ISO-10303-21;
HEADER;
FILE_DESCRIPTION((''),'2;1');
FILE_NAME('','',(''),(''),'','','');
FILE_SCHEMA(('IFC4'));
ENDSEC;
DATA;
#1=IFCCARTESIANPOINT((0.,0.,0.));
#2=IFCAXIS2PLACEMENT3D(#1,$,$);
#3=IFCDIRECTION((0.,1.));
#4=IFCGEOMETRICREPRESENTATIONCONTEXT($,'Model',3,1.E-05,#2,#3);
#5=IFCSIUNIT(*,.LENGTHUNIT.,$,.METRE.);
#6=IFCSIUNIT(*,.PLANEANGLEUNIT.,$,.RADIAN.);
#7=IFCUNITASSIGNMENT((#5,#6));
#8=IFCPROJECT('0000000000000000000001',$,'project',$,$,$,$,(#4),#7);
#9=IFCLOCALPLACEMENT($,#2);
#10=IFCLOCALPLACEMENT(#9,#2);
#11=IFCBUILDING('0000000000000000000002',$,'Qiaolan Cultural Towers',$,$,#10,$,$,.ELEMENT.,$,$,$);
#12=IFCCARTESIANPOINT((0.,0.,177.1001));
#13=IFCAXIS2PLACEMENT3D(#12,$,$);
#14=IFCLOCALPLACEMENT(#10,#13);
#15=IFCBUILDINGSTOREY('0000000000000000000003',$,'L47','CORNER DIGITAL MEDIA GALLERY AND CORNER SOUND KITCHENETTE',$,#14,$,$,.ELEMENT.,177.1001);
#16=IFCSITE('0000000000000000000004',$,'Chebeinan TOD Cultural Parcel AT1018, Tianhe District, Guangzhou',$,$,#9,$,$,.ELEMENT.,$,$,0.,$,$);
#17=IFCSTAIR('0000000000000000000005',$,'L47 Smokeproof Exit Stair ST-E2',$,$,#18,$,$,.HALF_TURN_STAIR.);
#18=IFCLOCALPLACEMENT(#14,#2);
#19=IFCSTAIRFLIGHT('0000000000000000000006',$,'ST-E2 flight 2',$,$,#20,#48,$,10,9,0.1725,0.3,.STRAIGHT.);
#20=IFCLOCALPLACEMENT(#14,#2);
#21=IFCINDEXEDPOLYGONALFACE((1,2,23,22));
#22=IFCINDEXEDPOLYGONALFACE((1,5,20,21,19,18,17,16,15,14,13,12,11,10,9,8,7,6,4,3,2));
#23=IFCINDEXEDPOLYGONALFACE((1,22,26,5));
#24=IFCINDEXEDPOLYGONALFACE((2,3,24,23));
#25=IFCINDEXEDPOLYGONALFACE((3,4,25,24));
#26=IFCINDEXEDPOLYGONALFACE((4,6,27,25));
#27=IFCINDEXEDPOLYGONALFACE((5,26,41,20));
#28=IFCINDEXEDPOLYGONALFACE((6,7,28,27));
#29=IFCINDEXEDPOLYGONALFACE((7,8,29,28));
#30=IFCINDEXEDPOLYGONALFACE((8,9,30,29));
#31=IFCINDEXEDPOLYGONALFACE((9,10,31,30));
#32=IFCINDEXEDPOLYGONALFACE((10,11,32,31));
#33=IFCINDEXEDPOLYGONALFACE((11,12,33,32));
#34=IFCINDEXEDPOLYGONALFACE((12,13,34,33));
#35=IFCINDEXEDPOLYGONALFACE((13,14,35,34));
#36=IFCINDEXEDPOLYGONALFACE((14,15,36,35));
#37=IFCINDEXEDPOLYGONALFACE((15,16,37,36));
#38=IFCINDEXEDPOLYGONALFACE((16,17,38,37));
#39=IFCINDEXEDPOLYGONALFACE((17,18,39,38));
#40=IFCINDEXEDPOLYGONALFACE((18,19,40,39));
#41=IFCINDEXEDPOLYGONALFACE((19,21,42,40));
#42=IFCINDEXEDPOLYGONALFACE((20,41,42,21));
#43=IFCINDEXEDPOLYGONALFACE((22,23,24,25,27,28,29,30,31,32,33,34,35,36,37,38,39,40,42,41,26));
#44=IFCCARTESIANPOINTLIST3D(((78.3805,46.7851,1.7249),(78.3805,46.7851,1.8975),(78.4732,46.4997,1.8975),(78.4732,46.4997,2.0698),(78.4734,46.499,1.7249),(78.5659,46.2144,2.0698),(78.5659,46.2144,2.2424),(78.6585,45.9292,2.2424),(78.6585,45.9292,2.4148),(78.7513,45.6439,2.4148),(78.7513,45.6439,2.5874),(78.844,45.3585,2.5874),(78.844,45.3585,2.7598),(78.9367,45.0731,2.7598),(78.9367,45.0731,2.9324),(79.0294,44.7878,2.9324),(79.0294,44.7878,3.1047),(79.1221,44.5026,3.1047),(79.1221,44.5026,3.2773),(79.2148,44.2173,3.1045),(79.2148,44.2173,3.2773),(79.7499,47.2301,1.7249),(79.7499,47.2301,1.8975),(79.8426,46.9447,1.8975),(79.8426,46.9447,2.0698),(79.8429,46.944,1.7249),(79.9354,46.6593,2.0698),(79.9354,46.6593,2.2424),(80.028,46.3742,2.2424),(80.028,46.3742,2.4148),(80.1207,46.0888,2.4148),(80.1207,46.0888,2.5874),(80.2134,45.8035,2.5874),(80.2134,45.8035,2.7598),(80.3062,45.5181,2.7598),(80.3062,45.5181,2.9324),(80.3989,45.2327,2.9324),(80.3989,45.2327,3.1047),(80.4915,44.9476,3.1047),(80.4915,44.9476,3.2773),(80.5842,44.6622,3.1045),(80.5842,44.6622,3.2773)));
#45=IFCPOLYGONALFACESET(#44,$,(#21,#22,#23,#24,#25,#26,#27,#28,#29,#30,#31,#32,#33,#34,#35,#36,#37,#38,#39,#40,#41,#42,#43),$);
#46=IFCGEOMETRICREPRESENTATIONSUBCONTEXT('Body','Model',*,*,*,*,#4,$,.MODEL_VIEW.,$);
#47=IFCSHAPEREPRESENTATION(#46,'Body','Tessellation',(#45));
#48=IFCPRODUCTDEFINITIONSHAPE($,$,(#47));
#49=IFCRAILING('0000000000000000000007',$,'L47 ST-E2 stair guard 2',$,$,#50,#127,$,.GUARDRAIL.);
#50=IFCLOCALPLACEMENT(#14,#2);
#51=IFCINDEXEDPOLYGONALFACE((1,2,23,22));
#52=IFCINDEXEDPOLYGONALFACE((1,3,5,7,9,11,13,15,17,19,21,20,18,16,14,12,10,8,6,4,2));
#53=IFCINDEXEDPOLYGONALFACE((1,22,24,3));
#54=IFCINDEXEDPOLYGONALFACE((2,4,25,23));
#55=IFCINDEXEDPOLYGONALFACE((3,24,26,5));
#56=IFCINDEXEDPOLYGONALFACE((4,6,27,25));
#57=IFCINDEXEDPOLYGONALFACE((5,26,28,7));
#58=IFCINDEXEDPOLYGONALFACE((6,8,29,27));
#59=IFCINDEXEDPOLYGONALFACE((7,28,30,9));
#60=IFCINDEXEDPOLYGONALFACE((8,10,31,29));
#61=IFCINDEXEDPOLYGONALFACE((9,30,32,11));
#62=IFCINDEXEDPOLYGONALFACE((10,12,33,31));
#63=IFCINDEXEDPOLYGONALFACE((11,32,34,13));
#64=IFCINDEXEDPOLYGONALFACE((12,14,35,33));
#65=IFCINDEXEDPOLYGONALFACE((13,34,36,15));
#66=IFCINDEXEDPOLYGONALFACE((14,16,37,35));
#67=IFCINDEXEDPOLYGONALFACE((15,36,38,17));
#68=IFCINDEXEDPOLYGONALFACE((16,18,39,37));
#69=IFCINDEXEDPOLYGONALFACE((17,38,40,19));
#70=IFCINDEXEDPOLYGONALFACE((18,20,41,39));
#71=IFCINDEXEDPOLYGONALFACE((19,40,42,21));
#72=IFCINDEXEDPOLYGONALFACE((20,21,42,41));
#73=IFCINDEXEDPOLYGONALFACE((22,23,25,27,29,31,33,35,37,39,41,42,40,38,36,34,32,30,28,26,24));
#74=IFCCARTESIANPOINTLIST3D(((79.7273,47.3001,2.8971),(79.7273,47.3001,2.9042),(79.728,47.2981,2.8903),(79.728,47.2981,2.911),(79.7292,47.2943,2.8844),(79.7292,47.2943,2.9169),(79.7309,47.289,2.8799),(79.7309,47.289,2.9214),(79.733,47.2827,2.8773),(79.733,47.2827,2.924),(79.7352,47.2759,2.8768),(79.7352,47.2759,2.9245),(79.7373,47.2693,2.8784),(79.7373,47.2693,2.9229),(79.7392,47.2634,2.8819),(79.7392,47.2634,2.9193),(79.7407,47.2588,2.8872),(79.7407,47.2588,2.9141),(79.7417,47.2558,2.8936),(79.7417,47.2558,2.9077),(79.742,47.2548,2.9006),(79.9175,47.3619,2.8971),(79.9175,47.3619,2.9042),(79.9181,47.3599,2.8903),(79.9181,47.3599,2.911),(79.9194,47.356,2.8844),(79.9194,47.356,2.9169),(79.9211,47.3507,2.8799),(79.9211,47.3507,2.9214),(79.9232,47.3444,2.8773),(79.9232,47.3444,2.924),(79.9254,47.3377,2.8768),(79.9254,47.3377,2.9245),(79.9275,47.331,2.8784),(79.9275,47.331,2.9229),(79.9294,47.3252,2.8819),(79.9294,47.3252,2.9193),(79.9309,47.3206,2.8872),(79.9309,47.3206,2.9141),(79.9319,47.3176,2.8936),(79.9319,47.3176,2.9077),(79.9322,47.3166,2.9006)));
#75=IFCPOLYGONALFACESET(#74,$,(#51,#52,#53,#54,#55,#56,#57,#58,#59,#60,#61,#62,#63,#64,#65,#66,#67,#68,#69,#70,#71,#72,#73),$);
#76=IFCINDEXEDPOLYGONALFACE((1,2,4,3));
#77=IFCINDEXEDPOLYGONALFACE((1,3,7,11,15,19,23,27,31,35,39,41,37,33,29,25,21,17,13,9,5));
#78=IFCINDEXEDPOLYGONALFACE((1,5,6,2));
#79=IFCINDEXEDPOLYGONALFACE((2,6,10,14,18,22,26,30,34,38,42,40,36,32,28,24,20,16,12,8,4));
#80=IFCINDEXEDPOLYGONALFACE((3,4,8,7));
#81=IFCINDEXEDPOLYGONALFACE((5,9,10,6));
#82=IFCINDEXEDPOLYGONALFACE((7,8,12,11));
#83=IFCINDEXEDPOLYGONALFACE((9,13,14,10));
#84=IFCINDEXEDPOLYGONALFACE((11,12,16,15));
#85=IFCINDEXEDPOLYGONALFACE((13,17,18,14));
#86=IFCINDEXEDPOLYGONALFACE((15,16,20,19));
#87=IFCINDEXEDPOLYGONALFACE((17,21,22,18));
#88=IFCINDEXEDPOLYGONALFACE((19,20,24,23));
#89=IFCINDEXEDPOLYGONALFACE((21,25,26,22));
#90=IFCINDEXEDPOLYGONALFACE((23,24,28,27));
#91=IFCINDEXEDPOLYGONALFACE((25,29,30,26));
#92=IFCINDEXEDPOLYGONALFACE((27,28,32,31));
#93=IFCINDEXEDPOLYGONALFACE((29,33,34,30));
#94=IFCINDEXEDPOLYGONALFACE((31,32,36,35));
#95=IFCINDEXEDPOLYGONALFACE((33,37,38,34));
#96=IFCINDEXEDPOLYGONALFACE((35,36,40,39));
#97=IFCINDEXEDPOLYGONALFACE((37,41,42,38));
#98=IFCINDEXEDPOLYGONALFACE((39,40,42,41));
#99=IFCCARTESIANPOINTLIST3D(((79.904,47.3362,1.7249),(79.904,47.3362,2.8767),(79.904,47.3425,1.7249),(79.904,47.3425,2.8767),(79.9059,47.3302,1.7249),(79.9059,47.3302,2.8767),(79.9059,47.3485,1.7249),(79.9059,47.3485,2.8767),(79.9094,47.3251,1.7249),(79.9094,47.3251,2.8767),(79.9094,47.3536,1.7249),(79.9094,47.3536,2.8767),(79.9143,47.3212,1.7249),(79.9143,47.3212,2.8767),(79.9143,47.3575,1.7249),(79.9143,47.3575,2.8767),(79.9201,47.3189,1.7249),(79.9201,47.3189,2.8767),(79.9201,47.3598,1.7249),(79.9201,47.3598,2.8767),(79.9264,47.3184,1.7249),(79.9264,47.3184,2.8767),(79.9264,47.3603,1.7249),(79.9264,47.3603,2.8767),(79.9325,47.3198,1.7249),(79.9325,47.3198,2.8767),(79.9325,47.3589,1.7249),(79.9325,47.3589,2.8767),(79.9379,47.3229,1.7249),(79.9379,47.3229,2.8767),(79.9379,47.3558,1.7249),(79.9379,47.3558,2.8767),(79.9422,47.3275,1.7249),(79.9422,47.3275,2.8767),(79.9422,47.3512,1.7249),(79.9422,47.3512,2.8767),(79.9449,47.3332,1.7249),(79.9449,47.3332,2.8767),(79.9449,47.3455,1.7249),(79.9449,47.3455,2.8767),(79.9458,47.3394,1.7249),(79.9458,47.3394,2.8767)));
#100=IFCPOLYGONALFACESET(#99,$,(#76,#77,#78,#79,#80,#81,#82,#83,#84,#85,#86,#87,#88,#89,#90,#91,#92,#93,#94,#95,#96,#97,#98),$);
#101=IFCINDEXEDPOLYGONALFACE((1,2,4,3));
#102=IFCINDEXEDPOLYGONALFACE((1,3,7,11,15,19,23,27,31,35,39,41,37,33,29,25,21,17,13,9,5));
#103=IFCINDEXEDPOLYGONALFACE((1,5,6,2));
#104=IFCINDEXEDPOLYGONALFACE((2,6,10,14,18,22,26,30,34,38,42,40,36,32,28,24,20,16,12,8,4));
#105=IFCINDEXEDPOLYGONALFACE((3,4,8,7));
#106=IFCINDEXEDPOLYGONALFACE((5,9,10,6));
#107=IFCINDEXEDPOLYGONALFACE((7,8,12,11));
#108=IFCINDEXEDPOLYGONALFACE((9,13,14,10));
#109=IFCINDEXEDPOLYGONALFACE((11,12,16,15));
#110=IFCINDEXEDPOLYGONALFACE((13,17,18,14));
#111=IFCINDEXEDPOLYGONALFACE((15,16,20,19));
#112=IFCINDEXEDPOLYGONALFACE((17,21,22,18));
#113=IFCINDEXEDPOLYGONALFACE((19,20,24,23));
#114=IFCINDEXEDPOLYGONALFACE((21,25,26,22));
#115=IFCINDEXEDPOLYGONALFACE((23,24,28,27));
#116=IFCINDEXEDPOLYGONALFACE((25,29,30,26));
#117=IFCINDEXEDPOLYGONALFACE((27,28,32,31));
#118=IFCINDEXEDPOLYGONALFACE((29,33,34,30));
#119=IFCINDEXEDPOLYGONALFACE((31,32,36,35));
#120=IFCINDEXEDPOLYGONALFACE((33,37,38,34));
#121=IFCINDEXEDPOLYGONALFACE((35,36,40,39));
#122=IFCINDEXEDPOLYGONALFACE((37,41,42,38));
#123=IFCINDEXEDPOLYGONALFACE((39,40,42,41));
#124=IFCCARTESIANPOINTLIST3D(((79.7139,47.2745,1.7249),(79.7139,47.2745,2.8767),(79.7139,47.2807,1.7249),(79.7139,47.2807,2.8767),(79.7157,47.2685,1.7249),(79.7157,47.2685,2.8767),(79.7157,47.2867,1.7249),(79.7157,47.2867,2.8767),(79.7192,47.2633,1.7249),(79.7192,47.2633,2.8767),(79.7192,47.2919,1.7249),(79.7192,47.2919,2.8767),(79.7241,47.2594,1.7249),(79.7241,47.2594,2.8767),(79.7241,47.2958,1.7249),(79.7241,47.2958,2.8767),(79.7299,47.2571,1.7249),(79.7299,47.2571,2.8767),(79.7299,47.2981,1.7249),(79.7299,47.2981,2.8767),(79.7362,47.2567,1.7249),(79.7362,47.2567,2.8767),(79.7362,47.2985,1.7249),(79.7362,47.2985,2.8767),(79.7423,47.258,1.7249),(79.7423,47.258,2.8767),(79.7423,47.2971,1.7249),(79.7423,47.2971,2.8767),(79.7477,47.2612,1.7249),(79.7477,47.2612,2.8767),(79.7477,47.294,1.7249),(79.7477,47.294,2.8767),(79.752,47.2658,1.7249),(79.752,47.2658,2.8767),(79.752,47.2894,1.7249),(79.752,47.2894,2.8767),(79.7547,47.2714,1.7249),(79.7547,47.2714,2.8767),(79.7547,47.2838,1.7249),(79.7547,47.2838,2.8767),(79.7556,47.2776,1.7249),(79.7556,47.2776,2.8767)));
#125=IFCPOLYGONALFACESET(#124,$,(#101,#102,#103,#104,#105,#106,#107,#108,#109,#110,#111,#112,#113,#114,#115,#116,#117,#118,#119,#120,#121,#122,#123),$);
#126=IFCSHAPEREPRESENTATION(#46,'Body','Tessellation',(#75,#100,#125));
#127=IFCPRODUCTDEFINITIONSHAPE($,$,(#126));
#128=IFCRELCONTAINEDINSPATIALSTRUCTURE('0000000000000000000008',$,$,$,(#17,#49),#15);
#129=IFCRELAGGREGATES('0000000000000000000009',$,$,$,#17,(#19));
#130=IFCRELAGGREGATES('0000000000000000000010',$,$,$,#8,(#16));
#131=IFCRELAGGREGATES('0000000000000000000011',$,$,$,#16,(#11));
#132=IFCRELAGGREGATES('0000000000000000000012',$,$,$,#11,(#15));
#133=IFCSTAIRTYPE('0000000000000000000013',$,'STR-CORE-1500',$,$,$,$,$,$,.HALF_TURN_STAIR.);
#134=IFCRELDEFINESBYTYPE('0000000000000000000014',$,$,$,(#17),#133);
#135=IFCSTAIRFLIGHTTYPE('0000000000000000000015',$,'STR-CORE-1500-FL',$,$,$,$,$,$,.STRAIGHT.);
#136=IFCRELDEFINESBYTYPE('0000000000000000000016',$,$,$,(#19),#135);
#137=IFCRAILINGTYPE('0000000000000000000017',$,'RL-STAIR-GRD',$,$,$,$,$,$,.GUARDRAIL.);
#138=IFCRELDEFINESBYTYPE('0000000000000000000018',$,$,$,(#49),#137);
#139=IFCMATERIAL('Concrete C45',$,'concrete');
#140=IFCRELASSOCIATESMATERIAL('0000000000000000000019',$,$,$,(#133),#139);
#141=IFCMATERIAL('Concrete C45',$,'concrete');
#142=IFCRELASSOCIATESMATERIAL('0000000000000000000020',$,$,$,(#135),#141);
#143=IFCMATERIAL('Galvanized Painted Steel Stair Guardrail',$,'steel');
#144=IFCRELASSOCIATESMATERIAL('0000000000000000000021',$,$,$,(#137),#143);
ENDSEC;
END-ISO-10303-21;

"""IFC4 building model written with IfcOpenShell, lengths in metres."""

from ifc_helpers import new_model, si_unit, direction, frame, origin, origin_2d, place, context, subcontext, project, spatial, polyline, circle, outline, extrude, material, type_object, element, aggregate, save


model = new_model("IFC4")

# Units and contexts
model_context = context("Model", 3, precision=1e-05, world=origin(), true_north=direction((0.0, 1.0)))
body_context = subcontext(model_context, "Body", "Model", "MODEL_VIEW")
ifc_project = project(units=[si_unit("LENGTHUNIT", "METRE"), si_unit("PLANEANGLEUNIT", "RADIAN")], contexts=[model_context])

# Site, building, storey
site_placement = place(None, origin())
site = spatial("IfcSite", under=ifc_project, at=site_placement, Name="Chebeinan TOD Cultural Parcel AT1018, Tianhe District, Guangzhou", CompositionType="ELEMENT", RefElevation=0.0)
building_placement = place(site_placement, origin())
building = spatial("IfcBuilding", under=site, at=building_placement, Name="Qiaolan Cultural Towers", CompositionType="ELEMENT")
storey_placement = place(building_placement, frame((0.0, 0.0, 177.1001)))
storey = spatial("IfcBuildingStorey", under=building, at=storey_placement, Name="L47", Description="CORNER DIGITAL MEDIA GALLERY AND CORNER SOUND KITCHENETTE", CompositionType="ELEMENT", Elevation=177.1001)

# Stair, stair flight
ifc_material_1 = material(Name="Concrete C45", Category="concrete")
stair_type = type_object("IfcStairType", Name="STR-CORE-1500", PredefinedType="HALF_TURN_STAIR", material=ifc_material_1)
stair_placement = place(storey_placement, origin())
stair = element("IfcStair", 1, at=stair_placement, inside=storey, type_object=stair_type, Name="L47 Smokeproof Exit Stair ST-E2", PredefinedType="HALF_TURN_STAIR")
ifc_material_2 = material(Name="Concrete C45", Category="concrete")
stair_flight_type = type_object("IfcStairFlightType", Name="STR-CORE-1500-FL", PredefinedType="STRAIGHT", material=ifc_material_2)
stair_flight_placement = place(storey_placement, frame((79.0652, 47.0076, 1.7249), z_axis=(0.0, 0.0, 1.0), x_axis=(0.309017, -0.951057, 0.0)))
stair_flight = element("IfcStairFlight", 2, at=stair_flight_placement, type_object=stair_flight_type, Name="ST-E2 flight 2", NumberOfRisers=10, NumberOfTreads=9, PredefinedType="STRAIGHT", RiserHeight=0.1725, TreadLength=0.3, context=body_context, shape_type="SweptSolid", body=[
    extrude(outline(polyline([(0.0, 0.0), (0.0, 0.1726), (0.3, 0.1726), (0.3, 0.345), (0.6001, 0.345), (0.6001, 0.5176), (0.8999, 0.5176), (0.8999, 0.6899), (1.2, 0.6899), (1.2, 0.8625), (1.5, 0.8625), (1.5, 1.0349), (1.8, 1.0349), (1.8, 1.2075), (2.1001, 1.2075), (2.1001, 1.3799), (2.3999, 1.3799), (2.3999, 1.5525), (2.7, 1.5525), (2.7, 1.7251), (2.7, 1.3796), (0.3008, 0.0), (0.0, 0.0)])), frame((0.0, 0.72, 0.0), z_axis=(0.0, -1.0, 0.0), x_axis=(1.0, 0.0, 0.0)), (0.0, 0.0, 1.0), 1.4399),
])
aggregate(stair, [stair_flight])

# Railing
ifc_material_3 = material(Name="Galvanized Painted Steel Stair Guardrail", Category="steel")
railing_type = type_object("IfcRailingType", Name="RL-STAIR-GRD", PredefinedType="GUARDRAIL", material=ifc_material_3)
railing_1_placement = place(storey_placement, frame((79.9248, 47.3394, 1.7249)))
element("IfcRailing", 3, at=railing_1_placement, inside=storey, type_object=railing_type, Name="L47 ST-E2 stair guard 2", PredefinedType="GUARDRAIL", context=body_context, shape_type="SweptSolid", body=[
    extrude(circle(Radius=0.0239, at=origin_2d()), frame((0.0, 0.0, 1.1758), z_axis=(-0.951097, -0.308893, 0.0), x_axis=(0.308893, -0.951097, 0.0)), (0.0, 0.0, 1.0), 0.2),
    extrude(circle(Radius=0.021, at=origin_2d()), origin(), (0.0, 0.0, 1.0), 1.1519),
    extrude(circle(Radius=0.021, at=origin_2d()), frame((-0.1902, -0.0618, 0.0)), (0.0, 0.0, 1.0), 1.1519),
])

save(model, "model.ifc")
